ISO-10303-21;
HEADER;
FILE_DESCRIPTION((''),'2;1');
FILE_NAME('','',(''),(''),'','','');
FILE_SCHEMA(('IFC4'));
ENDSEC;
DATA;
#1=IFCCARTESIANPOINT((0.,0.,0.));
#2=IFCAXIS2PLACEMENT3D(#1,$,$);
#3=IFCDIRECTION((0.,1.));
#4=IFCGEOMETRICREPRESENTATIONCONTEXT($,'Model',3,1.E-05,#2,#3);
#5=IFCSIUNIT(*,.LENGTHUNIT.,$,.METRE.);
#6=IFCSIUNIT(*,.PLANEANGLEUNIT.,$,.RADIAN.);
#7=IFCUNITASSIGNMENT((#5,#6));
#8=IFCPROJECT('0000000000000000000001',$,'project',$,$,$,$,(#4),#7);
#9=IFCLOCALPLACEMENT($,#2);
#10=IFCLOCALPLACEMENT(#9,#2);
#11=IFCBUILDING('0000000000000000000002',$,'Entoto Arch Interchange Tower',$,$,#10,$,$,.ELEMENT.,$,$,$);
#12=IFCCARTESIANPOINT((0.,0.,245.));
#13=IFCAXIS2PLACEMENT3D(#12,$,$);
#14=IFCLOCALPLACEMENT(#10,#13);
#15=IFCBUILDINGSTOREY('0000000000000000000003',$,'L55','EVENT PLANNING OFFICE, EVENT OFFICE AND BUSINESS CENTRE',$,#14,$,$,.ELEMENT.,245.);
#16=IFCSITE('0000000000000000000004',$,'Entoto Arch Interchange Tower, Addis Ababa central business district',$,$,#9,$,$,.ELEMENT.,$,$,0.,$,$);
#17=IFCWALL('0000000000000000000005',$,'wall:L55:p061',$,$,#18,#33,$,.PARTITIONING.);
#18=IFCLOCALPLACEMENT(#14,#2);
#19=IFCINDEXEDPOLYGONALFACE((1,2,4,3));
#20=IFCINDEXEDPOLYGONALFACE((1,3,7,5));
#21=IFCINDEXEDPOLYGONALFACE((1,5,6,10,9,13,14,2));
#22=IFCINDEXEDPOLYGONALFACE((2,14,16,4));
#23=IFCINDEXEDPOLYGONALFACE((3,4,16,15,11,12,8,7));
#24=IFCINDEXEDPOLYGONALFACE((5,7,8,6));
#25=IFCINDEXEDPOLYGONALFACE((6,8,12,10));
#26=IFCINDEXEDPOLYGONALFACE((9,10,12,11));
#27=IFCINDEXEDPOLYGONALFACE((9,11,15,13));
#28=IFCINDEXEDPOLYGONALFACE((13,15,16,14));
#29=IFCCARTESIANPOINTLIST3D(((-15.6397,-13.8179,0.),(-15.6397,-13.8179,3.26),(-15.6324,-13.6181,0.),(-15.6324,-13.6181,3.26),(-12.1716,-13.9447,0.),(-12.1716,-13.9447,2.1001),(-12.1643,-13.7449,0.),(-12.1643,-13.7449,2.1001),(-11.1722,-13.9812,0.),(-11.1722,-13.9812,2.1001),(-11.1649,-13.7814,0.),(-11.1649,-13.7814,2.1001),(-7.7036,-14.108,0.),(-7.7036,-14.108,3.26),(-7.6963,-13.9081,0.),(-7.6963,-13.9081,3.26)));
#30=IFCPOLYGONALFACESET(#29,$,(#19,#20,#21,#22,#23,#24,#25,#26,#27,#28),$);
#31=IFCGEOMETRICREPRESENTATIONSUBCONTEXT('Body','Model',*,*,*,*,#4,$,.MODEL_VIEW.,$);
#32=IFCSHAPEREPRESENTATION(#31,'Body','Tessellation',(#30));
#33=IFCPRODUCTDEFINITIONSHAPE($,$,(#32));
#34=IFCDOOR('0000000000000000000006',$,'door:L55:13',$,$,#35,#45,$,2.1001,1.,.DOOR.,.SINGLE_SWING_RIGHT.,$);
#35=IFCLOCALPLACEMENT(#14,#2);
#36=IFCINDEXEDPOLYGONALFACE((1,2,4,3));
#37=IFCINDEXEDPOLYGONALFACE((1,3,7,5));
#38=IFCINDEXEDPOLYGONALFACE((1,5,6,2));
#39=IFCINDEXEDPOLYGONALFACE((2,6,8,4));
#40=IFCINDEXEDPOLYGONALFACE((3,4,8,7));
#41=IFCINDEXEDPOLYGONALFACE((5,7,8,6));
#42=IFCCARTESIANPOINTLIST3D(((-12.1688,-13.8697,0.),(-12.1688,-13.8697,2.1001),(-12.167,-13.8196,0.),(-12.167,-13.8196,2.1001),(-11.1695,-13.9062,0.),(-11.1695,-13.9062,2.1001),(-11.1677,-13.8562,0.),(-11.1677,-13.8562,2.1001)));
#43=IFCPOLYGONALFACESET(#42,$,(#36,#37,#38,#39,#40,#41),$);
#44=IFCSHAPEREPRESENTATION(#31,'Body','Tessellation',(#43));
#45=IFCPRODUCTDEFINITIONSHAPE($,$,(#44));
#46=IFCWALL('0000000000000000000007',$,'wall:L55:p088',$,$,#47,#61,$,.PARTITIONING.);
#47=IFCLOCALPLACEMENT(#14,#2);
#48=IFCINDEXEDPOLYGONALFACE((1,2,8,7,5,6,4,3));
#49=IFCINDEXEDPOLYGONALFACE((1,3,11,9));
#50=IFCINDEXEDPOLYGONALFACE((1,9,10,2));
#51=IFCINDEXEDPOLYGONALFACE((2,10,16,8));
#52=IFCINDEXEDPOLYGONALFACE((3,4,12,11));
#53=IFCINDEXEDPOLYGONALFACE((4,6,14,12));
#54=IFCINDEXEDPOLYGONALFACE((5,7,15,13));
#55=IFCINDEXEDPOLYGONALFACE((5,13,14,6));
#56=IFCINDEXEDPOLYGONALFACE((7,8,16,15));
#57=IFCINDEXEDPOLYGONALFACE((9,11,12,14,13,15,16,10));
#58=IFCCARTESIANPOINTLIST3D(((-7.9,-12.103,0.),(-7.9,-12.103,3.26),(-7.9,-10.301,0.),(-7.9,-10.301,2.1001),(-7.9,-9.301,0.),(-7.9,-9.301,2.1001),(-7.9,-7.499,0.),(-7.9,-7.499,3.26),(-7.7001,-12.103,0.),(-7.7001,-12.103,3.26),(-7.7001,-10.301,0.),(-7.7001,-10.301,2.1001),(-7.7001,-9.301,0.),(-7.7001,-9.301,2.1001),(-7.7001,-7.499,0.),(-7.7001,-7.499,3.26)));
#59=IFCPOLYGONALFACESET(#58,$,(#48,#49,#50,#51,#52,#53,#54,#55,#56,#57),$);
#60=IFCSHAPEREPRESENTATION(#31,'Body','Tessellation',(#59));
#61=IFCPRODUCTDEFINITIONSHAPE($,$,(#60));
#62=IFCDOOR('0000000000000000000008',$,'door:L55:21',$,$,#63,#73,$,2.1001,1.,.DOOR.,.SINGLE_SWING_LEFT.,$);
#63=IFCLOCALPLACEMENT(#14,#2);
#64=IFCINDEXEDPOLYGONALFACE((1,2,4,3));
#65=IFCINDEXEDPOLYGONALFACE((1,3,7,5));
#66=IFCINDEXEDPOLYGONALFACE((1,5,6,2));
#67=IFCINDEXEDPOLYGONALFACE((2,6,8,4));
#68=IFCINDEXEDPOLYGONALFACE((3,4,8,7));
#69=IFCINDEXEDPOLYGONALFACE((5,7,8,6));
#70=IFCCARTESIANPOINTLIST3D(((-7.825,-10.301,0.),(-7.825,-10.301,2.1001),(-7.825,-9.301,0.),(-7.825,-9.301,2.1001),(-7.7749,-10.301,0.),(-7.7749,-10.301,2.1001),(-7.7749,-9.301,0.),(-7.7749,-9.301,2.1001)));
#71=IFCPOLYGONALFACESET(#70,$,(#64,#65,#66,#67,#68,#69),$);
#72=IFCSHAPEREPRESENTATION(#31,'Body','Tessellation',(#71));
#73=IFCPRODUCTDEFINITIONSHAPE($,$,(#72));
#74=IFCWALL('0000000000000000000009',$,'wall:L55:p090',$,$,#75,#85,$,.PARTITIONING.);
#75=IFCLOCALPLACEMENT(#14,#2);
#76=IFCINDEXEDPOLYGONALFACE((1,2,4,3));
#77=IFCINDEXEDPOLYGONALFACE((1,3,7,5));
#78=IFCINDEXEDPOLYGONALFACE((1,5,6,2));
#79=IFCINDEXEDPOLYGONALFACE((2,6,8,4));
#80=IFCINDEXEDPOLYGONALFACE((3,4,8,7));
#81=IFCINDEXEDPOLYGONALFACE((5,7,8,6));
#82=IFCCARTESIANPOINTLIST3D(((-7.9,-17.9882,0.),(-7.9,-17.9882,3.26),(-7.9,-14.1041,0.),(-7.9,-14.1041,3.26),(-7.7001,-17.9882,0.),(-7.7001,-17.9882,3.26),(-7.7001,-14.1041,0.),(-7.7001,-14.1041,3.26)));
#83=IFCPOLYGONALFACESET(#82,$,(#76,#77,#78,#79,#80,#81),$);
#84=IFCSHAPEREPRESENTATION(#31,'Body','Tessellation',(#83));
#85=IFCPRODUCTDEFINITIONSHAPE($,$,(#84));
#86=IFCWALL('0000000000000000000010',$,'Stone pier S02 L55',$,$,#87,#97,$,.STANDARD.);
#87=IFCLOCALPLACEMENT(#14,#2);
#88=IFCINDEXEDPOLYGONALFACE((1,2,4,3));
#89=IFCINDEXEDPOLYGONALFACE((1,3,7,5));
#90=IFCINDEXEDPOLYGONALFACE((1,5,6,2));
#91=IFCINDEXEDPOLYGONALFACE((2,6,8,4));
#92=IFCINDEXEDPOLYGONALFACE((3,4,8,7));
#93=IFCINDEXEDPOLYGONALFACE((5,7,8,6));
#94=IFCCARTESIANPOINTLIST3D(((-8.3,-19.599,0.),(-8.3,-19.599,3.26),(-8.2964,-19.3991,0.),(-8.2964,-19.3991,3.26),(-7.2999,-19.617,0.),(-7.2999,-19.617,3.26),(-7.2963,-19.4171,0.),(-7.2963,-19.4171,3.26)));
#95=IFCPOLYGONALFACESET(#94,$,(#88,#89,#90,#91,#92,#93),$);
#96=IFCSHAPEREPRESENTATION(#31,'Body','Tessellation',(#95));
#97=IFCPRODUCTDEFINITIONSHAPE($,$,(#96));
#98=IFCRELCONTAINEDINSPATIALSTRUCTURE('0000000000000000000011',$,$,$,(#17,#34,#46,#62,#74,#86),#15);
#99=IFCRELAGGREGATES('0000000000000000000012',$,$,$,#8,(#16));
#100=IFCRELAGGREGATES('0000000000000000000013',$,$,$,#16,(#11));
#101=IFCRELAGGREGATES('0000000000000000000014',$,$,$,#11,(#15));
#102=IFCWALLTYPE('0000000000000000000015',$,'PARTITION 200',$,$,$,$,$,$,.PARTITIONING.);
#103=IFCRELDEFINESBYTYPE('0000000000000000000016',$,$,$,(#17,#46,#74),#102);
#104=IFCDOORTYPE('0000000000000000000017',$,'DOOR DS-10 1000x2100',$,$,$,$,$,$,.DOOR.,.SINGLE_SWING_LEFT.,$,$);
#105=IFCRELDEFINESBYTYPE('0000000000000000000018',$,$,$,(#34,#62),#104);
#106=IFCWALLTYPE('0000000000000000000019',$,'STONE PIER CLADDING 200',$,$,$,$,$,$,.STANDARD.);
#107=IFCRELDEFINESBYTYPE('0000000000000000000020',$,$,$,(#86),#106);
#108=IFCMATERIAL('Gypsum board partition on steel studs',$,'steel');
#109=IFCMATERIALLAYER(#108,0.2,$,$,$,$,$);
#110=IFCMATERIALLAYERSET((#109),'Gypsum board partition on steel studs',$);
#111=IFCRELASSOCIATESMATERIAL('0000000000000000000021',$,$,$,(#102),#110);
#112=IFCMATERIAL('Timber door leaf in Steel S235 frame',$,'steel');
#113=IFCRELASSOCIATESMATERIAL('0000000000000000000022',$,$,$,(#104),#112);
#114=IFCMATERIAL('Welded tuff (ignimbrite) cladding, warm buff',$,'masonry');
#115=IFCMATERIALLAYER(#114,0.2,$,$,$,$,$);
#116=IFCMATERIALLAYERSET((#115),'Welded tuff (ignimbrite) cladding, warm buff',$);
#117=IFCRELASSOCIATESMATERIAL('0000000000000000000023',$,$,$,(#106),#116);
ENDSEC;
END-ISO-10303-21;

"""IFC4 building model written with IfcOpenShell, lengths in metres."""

from ifc_helpers import new_model, si_unit, direction, frame, frame_2d, origin, place, context, subcontext, project, spatial, rectangle, extrude, material, layer, layer_set, type_object, element, fill, save


model = new_model("IFC4")

# Units and contexts
model_context = context("Model", 3, precision=1e-05, world=origin(), true_north=direction((0.0, 1.0)))
body_context = subcontext(model_context, "Body", "Model", "MODEL_VIEW")
ifc_project = project(units=[si_unit("LENGTHUNIT", "METRE"), si_unit("PLANEANGLEUNIT", "RADIAN")], contexts=[model_context])

# Site, building, storey
site_placement = place(None, origin())
site = spatial("IfcSite", under=ifc_project, at=site_placement, Name="Entoto Arch Interchange Tower, Addis Ababa central business district", CompositionType="ELEMENT", RefElevation=0.0)
building_placement = place(site_placement, origin())
building = spatial("IfcBuilding", under=site, at=building_placement, Name="Entoto Arch Interchange Tower", CompositionType="ELEMENT")
storey_placement = place(building_placement, frame((0.0, 0.0, 245.0)))
storey = spatial("IfcBuildingStorey", under=building, at=storey_placement, Name="L55", Description="EVENT PLANNING OFFICE, EVENT OFFICE AND BUSINESS CENTRE", CompositionType="ELEMENT", Elevation=245.0)

# Walls, openings, doors
ifc_material_1 = material(Name="Gypsum board partition on steel studs", Category="steel")
ifc_layer_1 = layer(ifc_material_1, 0.2)
ifc_layer_set_1 = layer_set([ifc_layer_1], Name="Gypsum board partition on steel studs")
wall_type_1 = type_object("IfcWallType", Name="PARTITION 200", PredefinedType="PARTITIONING", material=ifc_layer_set_1)
wall_1_placement = place(storey_placement, frame((-7.7, -14.0081, 0.0), z_axis=(0.0, 0.0, 1.0), x_axis=(-0.999333, 0.036523, 0.0)))
wall_1 = element("IfcWall", 1, at=wall_1_placement, inside=storey, type_object=wall_type_1, Name="wall:L55:p061", PredefinedType="PARTITIONING", context=body_context, shape_type="SweptSolid", body=[
    extrude(rectangle(XDim=7.9414, YDim=0.2, at=frame_2d((3.9707, 0.0))), origin(), (0.0, 0.0, 1.0), 3.26),
])
opening_1_placement = place(wall_1_placement, frame((3.4709, 0.0, 0.0)))
opening_1 = element("IfcOpeningElement", 2, at=opening_1_placement, cuts=wall_1, PredefinedType="OPENING", context=body_context, shape_type="SweptSolid", body=[
    extrude(rectangle(XDim=1.0, YDim=2.1001, at=frame_2d((0.5, 1.05))), frame((0.0, 0.1099, 0.0), z_axis=(0.0, -1.0, 0.0), x_axis=(1.0, 0.0, 0.0)), (0.0, 0.0, 1.0), 0.22),
])
ifc_material_2 = material(Name="Timber door leaf in Steel S235 frame", Category="steel")
door_type = type_object("IfcDoorType", Name="DOOR DS-10 1000x2100", OperationType="SINGLE_SWING_LEFT", PredefinedType="DOOR", material=ifc_material_2)
door_1_placement = place(opening_1_placement, origin())
door_1 = element("IfcDoor", 3, at=door_1_placement, inside=storey, type_object=door_type, Name="door:L55:13", OperationType="SINGLE_SWING_RIGHT", OverallHeight=2.1001, OverallWidth=1.0, PredefinedType="DOOR", context=body_context, shape_type="SweptSolid", body=[
    extrude(rectangle(XDim=1.0, YDim=2.1001, at=frame_2d((0.5, 1.05))), frame((0.0, 0.0249, 0.0), z_axis=(0.0, -1.0, 0.0), x_axis=(1.0, 0.0, 0.0)), (0.0, 0.0, 1.0), 0.05),
])
fill(opening_1, door_1)
wall_2_placement = place(storey_placement, frame((-7.8, -12.103, 0.0), z_axis=(0.0, 0.0, 1.0), x_axis=(0.0, 1.0, 0.0)))
wall_2 = element("IfcWall", 4, at=wall_2_placement, inside=storey, type_object=wall_type_1, Name="wall:L55:p088", PredefinedType="PARTITIONING", context=body_context, shape_type="SweptSolid", body=[
    extrude(rectangle(XDim=4.604, YDim=0.2, at=frame_2d((2.302, 0.0))), origin(), (0.0, 0.0, 1.0), 3.26),
])
opening_2_placement = place(wall_2_placement, frame((1.802, 0.0, 0.0)))
opening_2 = element("IfcOpeningElement", 5, at=opening_2_placement, cuts=wall_2, PredefinedType="OPENING", context=body_context, shape_type="SweptSolid", body=[
    extrude(rectangle(XDim=1.0, YDim=2.1001, at=frame_2d((0.5, 1.05))), frame((0.0, 0.1099, 0.0), z_axis=(0.0, -1.0, 0.0), x_axis=(1.0, 0.0, 0.0)), (0.0, 0.0, 1.0), 0.22),
])
door_2_placement = place(opening_2_placement, origin())
door_2 = element("IfcDoor", 6, at=door_2_placement, inside=storey, type_object=door_type, Name="door:L55:21", OperationType="SINGLE_SWING_LEFT", OverallHeight=2.1001, OverallWidth=1.0, PredefinedType="DOOR", context=body_context, shape_type="SweptSolid", body=[
    extrude(rectangle(XDim=1.0, YDim=2.1001, at=frame_2d((0.5, 1.05))), frame((0.0, 0.0249, 0.0), z_axis=(0.0, -1.0, 0.0), x_axis=(1.0, 0.0, 0.0)), (0.0, 0.0, 1.0), 0.05),
])
fill(opening_2, door_2)

# Walls
wall_3_placement = place(storey_placement, frame((-7.8, -17.988, 0.0), z_axis=(0.0, 0.0, 1.0), x_axis=(0.0, 1.0, 0.0)))
element("IfcWall", 7, at=wall_3_placement, inside=storey, type_object=wall_type_1, Name="wall:L55:p090", PredefinedType="PARTITIONING", context=body_context, shape_type="SweptSolid", body=[
    extrude(rectangle(XDim=3.884, YDim=0.2, at=frame_2d((1.9419, 0.0))), origin(), (0.0, 0.0, 1.0), 3.26),
])
ifc_material_3 = material(Name="Welded tuff (ignimbrite) cladding, warm buff", Category="masonry")
ifc_layer_2 = layer(ifc_material_3, 0.2)
ifc_layer_set_2 = layer_set([ifc_layer_2], Name="Welded tuff (ignimbrite) cladding, warm buff")
wall_type_2 = type_object("IfcWallType", Name="STONE PIER CLADDING 200", PredefinedType="STANDARD", material=ifc_layer_set_2)
wall_4_placement = place(storey_placement, frame((-8.2981, -19.499, 0.0), z_axis=(0.0, 0.0, 1.0), x_axis=(0.999837, -0.018063, 0.0)))
element("IfcWall", 8, at=wall_4_placement, inside=storey, type_object=wall_type_2, Name="Stone pier S02 L55", PredefinedType="STANDARD", context=body_context, shape_type="SweptSolid", body=[
    extrude(rectangle(XDim=1.0002, YDim=0.2, at=frame_2d((0.5, 0.0))), origin(), (0.0, 0.0, 1.0), 3.26),
])

save(model, "model.ifc")
